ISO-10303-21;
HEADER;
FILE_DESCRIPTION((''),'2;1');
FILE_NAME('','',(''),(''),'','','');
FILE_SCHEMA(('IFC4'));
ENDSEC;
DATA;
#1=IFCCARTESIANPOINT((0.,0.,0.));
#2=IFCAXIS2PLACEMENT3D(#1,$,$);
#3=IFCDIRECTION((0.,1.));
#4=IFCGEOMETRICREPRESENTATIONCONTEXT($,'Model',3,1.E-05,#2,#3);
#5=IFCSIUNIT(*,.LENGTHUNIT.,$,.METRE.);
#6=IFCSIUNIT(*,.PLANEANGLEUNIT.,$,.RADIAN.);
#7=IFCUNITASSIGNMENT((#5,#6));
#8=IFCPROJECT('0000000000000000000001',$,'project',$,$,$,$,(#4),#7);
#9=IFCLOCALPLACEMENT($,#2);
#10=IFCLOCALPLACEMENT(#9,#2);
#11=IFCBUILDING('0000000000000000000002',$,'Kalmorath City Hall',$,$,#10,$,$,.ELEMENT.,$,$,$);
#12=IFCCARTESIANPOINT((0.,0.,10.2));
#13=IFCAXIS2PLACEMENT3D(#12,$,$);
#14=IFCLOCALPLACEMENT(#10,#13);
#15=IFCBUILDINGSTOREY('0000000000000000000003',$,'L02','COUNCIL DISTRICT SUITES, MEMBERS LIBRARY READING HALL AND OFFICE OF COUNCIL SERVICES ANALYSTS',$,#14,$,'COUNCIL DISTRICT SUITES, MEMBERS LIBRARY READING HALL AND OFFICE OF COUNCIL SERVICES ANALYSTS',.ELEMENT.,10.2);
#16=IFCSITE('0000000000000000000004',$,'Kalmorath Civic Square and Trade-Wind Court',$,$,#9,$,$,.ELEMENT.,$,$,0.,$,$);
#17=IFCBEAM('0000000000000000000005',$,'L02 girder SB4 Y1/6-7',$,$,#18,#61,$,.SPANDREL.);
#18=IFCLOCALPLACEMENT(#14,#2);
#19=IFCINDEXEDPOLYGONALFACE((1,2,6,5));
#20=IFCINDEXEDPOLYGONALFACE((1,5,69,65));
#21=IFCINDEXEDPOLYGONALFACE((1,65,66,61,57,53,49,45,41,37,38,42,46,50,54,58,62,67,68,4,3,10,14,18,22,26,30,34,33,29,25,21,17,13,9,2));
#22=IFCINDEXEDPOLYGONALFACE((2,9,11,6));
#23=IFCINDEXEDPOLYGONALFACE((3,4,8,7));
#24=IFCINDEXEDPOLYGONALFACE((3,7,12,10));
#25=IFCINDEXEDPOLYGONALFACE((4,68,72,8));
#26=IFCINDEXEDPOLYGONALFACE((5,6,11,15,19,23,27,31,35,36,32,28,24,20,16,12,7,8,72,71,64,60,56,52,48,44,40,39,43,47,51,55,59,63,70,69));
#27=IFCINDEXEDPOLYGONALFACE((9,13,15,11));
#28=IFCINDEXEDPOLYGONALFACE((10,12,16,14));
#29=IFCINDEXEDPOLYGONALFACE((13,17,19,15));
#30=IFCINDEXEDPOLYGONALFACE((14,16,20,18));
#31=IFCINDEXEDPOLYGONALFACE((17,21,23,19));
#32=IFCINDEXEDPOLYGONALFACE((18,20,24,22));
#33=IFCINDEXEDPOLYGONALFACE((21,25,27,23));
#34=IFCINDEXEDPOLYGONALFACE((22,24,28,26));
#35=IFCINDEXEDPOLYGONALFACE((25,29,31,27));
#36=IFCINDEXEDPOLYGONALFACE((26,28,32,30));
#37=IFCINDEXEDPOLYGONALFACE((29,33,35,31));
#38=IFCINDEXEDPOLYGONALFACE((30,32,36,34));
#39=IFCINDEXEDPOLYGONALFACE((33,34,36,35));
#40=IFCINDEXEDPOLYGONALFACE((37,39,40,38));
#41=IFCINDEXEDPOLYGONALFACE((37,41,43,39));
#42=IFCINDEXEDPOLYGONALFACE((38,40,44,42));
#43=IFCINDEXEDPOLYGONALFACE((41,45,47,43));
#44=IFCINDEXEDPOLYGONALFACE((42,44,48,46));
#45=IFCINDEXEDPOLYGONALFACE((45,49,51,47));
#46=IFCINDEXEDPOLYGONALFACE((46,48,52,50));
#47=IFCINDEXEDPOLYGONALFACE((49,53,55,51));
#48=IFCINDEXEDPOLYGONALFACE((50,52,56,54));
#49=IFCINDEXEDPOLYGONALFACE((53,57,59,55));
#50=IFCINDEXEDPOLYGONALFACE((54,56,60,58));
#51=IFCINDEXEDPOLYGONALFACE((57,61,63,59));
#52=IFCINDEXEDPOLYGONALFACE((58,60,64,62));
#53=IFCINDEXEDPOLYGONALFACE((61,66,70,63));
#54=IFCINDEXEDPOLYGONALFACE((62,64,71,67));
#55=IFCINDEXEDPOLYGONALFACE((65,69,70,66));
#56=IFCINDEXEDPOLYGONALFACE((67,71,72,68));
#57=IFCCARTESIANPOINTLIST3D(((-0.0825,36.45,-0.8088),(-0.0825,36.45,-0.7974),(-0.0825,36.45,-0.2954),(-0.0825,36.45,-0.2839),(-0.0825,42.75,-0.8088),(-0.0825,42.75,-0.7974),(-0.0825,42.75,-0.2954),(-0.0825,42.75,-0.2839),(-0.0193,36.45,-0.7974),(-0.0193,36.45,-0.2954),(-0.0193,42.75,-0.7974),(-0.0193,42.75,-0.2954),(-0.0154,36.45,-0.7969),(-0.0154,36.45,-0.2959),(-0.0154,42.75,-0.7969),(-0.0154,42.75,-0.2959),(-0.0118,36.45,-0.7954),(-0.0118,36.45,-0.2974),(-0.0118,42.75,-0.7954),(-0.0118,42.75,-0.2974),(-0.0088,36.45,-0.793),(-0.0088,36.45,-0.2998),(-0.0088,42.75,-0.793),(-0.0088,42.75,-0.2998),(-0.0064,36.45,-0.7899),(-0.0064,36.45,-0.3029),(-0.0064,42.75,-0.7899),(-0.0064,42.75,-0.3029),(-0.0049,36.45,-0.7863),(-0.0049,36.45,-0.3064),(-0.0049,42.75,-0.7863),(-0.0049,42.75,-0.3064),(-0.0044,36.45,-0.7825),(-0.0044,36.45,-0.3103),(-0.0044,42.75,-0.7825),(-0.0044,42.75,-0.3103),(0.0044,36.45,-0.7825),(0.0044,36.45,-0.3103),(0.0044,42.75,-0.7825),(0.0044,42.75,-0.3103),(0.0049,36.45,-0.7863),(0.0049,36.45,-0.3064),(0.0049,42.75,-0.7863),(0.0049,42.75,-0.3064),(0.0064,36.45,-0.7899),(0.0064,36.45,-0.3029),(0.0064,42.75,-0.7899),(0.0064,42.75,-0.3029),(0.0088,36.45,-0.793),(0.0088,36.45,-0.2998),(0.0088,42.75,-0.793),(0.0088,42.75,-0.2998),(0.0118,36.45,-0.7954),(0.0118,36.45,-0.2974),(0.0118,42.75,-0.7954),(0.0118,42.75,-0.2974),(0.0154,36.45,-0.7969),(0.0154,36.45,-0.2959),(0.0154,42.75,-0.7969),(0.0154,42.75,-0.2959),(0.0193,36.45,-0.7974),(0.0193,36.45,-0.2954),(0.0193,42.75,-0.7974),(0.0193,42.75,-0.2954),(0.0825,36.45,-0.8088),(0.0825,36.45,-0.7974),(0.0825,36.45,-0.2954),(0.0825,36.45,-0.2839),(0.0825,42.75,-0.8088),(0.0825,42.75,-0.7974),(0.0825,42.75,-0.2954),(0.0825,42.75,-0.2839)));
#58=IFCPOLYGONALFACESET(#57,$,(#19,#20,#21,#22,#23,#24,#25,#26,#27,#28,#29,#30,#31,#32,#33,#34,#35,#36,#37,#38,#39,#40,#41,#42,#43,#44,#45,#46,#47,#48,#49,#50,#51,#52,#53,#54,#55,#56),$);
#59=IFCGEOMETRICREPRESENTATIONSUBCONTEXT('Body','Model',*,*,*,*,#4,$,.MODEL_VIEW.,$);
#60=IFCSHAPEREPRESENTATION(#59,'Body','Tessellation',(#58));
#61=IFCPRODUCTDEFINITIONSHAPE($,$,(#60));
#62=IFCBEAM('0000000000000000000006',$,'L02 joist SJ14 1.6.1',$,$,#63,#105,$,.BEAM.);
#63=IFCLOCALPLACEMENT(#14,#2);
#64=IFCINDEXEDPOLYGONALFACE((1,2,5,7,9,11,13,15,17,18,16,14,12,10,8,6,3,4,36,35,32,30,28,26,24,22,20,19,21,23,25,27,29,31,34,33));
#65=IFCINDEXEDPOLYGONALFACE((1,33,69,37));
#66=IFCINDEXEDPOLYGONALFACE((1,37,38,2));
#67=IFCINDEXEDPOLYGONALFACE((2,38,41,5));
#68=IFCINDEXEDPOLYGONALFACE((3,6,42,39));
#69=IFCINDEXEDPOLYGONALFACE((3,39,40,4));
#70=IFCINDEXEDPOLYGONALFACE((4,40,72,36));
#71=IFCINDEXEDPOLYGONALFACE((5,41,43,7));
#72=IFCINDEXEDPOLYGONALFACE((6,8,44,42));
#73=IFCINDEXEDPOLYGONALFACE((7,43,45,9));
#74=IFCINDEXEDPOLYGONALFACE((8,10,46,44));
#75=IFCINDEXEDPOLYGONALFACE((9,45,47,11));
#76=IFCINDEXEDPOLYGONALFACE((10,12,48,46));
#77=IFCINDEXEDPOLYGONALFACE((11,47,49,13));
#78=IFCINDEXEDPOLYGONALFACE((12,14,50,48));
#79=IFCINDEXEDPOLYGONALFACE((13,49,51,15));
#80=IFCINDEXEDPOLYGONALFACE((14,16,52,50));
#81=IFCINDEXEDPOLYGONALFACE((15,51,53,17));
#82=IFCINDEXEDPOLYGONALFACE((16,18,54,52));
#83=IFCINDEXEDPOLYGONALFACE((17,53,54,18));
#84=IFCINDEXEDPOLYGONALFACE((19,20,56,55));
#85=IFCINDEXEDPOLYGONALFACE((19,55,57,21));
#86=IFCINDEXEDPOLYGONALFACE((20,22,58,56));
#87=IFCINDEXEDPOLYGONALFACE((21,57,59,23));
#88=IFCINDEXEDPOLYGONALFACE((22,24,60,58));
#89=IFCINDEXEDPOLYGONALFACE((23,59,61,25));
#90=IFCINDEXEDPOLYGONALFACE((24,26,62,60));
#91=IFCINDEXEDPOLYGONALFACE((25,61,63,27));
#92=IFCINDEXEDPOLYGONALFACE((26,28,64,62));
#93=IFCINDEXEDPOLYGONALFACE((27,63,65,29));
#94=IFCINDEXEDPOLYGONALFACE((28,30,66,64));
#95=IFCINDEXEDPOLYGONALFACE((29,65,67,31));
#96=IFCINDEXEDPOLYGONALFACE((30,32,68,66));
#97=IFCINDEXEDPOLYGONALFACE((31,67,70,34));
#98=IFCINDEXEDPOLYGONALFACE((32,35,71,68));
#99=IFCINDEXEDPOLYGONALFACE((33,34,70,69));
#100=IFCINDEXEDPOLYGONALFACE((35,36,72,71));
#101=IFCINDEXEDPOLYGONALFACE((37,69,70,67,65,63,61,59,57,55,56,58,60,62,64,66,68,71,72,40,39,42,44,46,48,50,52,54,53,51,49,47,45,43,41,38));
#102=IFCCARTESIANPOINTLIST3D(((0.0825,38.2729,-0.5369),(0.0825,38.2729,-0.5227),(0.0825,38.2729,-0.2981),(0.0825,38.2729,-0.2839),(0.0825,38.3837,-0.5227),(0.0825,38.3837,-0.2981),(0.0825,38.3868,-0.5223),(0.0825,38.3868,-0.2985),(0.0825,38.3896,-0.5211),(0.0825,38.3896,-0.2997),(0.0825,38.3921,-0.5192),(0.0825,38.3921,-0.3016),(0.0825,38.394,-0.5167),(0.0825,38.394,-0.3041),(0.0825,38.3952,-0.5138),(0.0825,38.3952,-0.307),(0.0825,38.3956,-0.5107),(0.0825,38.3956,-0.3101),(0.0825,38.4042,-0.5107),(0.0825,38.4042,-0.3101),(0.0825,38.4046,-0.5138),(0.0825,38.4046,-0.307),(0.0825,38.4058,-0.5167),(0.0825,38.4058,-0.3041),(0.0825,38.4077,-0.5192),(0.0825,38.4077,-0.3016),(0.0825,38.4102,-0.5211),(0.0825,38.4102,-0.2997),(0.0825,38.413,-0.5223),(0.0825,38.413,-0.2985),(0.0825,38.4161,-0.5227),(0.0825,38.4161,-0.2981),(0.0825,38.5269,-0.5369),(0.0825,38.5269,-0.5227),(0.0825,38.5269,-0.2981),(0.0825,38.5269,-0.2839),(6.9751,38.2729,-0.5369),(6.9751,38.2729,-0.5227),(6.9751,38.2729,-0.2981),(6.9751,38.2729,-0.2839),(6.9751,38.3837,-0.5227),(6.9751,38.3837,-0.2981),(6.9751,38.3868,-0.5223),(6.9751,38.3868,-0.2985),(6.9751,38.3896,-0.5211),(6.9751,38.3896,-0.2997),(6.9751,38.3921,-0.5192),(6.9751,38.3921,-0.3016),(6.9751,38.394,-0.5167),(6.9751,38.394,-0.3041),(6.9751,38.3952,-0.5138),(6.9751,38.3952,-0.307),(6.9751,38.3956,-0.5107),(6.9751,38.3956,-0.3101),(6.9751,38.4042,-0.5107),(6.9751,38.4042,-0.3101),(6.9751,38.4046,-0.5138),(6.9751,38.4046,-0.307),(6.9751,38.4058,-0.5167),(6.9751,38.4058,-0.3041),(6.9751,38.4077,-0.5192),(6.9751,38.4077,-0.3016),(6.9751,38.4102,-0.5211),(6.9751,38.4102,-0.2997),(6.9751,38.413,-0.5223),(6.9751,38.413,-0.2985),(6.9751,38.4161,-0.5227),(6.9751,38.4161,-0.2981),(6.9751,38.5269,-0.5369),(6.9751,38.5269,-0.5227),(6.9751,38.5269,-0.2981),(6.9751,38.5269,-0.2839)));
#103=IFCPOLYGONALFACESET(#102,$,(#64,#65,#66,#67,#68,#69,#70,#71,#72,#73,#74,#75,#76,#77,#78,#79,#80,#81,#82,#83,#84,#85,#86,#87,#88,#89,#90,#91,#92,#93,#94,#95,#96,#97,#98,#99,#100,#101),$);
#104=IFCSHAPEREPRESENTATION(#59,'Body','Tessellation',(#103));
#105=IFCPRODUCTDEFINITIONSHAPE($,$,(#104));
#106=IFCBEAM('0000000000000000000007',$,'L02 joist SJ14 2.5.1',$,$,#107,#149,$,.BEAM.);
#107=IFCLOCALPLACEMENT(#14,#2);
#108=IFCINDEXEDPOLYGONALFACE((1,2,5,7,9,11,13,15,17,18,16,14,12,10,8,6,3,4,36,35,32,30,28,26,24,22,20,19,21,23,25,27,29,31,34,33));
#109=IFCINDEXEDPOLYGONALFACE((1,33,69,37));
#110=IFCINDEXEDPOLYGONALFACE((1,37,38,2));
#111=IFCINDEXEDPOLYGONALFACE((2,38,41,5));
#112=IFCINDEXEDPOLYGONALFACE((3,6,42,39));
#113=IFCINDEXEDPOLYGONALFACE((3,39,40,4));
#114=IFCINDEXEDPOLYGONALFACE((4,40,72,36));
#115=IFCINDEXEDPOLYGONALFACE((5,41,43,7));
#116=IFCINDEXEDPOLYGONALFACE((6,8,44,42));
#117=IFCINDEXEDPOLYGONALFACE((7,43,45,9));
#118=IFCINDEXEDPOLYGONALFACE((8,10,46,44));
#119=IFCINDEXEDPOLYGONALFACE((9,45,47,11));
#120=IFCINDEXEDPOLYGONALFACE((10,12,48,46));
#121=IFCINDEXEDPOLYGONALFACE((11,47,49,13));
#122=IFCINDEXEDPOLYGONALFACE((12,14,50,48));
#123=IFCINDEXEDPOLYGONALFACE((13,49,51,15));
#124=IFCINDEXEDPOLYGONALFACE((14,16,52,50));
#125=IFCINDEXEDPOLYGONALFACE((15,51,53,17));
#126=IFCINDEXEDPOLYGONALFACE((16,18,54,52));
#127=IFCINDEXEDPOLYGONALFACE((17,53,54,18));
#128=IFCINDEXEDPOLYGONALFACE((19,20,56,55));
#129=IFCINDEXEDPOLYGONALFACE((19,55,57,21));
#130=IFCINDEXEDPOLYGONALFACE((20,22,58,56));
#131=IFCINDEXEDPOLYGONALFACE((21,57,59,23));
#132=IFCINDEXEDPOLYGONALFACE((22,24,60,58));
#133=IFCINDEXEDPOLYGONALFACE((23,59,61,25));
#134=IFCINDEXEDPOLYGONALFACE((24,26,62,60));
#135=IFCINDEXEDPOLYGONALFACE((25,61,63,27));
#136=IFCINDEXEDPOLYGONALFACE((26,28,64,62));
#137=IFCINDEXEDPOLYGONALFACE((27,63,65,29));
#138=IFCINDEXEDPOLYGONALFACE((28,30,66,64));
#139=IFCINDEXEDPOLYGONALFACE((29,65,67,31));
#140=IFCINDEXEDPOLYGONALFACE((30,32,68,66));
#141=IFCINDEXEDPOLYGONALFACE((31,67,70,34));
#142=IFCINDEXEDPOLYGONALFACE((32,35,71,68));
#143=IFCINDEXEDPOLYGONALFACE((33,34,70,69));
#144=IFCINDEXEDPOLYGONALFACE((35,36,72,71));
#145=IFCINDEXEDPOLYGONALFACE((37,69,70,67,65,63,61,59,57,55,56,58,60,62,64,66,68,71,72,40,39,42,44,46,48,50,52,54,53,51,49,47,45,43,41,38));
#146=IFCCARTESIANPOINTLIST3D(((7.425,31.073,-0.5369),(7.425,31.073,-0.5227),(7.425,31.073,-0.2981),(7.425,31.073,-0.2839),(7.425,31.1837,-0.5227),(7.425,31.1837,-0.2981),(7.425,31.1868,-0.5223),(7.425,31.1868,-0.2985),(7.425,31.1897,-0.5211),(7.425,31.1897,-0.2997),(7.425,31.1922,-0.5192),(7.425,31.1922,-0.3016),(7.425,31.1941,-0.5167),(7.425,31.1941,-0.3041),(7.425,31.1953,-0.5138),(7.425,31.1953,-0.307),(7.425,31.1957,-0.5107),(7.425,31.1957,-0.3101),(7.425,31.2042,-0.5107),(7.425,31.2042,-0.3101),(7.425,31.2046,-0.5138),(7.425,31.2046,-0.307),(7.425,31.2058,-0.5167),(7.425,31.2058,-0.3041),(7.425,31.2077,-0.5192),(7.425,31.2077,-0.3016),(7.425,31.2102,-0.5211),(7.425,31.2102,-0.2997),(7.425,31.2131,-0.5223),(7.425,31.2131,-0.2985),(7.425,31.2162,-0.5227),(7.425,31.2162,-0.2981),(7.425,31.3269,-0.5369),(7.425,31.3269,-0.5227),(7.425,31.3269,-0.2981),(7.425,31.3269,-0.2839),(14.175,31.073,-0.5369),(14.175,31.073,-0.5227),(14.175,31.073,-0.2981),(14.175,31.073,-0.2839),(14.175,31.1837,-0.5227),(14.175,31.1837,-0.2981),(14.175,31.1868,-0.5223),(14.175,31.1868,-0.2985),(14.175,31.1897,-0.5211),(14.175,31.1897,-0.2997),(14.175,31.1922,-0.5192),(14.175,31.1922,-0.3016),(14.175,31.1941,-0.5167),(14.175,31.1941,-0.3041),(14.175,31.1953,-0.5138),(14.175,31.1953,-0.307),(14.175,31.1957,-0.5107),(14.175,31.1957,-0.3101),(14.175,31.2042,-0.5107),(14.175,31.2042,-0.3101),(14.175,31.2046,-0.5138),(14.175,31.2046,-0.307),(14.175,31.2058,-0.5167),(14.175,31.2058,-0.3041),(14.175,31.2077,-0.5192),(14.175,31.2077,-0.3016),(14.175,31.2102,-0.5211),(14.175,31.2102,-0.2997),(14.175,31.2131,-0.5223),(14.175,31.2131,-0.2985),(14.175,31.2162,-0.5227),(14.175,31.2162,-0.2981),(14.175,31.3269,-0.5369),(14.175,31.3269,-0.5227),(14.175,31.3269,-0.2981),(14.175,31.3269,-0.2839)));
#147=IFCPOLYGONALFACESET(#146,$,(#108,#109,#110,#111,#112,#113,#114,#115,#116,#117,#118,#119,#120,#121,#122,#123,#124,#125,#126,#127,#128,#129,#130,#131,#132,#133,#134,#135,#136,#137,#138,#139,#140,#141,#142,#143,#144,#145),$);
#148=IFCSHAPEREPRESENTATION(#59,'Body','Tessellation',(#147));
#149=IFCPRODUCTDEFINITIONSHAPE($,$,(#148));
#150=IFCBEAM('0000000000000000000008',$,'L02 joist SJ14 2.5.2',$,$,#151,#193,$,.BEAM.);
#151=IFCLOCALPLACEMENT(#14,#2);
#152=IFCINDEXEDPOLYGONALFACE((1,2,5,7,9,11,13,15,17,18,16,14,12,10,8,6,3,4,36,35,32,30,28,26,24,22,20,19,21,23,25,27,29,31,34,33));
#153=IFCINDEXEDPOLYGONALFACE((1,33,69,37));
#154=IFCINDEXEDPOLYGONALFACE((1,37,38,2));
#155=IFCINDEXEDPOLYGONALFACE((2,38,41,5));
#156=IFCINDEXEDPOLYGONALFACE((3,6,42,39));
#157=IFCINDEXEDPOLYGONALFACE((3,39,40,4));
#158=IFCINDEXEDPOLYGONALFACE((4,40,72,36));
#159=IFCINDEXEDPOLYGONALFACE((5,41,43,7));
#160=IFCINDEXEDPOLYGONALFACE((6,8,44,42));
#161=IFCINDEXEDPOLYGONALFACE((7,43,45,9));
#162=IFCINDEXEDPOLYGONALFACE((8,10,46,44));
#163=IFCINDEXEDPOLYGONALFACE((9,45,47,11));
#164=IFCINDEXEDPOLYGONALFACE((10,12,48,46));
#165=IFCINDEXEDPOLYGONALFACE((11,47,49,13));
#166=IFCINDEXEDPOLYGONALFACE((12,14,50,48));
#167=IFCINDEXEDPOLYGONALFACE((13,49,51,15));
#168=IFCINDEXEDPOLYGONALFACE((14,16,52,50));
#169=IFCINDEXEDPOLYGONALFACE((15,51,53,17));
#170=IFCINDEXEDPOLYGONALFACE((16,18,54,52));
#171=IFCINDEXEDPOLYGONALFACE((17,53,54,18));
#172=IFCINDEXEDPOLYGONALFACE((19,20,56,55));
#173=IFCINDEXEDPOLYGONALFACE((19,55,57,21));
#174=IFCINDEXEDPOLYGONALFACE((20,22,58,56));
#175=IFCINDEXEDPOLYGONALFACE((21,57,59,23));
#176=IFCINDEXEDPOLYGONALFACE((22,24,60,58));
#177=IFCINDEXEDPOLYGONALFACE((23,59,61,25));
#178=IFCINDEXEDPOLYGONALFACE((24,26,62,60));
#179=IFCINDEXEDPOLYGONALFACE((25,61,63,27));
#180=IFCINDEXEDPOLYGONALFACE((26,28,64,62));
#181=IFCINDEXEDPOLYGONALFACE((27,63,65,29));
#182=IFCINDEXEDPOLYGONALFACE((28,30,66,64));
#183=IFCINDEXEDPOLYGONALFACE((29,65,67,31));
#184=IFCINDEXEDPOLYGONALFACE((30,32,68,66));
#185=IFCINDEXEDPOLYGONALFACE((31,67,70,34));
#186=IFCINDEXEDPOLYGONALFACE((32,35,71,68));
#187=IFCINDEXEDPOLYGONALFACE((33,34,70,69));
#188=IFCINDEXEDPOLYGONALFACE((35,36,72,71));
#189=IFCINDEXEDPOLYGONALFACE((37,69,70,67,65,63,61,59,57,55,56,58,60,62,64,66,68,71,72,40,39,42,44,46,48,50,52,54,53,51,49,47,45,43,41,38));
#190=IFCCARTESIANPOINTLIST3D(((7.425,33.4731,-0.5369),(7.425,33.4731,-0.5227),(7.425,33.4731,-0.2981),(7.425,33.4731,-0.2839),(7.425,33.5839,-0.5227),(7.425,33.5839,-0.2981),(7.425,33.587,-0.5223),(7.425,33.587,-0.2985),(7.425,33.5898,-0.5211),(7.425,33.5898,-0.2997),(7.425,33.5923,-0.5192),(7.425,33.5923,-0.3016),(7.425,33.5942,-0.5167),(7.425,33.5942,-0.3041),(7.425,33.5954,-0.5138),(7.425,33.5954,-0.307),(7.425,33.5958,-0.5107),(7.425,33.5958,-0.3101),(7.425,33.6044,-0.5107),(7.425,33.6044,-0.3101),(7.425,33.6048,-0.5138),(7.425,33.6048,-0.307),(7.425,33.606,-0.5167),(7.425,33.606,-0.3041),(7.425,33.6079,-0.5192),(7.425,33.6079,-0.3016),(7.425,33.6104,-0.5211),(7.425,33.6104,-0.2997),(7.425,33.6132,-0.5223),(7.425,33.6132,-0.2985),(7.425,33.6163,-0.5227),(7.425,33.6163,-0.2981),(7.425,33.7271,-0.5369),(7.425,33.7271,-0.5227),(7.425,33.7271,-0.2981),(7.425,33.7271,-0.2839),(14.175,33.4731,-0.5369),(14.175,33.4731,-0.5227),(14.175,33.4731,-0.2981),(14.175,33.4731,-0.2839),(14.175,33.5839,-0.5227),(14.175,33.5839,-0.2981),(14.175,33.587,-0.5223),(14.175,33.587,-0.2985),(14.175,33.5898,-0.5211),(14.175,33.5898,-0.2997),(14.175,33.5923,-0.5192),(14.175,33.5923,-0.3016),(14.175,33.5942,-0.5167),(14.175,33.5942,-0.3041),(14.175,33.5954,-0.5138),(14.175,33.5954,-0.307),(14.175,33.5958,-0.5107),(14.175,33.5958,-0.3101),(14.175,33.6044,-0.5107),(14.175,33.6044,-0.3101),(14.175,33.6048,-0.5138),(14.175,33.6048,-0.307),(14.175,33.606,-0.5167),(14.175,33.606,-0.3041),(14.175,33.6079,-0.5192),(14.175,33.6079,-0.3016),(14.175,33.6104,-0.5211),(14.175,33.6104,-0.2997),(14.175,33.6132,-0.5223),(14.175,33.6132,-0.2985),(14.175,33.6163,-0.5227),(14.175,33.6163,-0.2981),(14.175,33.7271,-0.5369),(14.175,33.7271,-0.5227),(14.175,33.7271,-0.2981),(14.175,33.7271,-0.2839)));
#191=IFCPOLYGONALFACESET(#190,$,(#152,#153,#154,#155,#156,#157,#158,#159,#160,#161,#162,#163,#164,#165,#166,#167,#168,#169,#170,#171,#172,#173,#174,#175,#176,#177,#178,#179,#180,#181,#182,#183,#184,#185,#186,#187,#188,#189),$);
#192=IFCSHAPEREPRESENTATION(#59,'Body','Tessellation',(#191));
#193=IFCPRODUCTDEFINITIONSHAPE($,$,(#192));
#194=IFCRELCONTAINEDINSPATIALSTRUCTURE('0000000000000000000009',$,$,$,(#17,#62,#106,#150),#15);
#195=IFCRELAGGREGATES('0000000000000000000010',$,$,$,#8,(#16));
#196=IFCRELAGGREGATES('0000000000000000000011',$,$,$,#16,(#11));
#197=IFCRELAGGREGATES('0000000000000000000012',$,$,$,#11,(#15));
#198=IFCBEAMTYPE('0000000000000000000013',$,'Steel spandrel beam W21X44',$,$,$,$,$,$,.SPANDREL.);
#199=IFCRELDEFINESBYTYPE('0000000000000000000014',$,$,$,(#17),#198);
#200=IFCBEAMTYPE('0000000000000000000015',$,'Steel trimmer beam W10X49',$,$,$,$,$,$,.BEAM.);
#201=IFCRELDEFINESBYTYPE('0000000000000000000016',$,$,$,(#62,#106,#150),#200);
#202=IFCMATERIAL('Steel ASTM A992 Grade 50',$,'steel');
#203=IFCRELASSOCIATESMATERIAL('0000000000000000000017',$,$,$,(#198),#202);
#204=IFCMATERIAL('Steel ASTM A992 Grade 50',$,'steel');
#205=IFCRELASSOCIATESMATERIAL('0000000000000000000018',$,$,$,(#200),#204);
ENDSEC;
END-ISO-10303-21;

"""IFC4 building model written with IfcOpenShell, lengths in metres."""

from ifc_helpers import new_model, si_unit, direction, frame, origin, origin_2d, place, context, subcontext, project, spatial, i_section, extrude, material, material_profile, profile_set, type_object, element, save


model = new_model("IFC4")

# Units and contexts
model_context = context("Model", 3, precision=1e-05, world=origin(), true_north=direction((0.0, 1.0)))
body_context = subcontext(model_context, "Body", "Model", "MODEL_VIEW")
ifc_project = project(units=[si_unit("LENGTHUNIT", "METRE"), si_unit("PLANEANGLEUNIT", "RADIAN")], contexts=[model_context])

# Site, building, storey
site_placement = place(None, origin())
site = spatial("IfcSite", under=ifc_project, at=site_placement, Name="Kalmorath Civic Square and Trade-Wind Court", CompositionType="ELEMENT", RefElevation=0.0)
building_placement = place(site_placement, origin())
building = spatial("IfcBuilding", under=site, at=building_placement, Name="Kalmorath City Hall", CompositionType="ELEMENT")
storey_placement = place(building_placement, frame((0.0, 0.0, 10.2)))
storey = spatial("IfcBuildingStorey", under=building, at=storey_placement, Name="L02", Description="COUNCIL DISTRICT SUITES, MEMBERS LIBRARY READING HALL AND OFFICE OF COUNCIL SERVICES ANALYSTS", LongName="COUNCIL DISTRICT SUITES, MEMBERS LIBRARY READING HALL AND OFFICE OF COUNCIL SERVICES ANALYSTS", CompositionType="ELEMENT", Elevation=10.2)

# Beams
ifc_material_1 = material(Name="Steel ASTM A992 Grade 50", Category="steel")
ifc_material_profile_1 = material_profile(ifc_material_1, i_section(OverallWidth=0.165, OverallDepth=0.5249, WebThickness=0.0088, FlangeThickness=0.0115, FilletRadius=0.0149, at=origin_2d()), Name="W21X44")
ifc_profile_set_1 = profile_set([ifc_material_profile_1], Name="Steel ASTM A992 Grade 50")
beam_type_1 = type_object("IfcBeamType", Name="Steel spandrel beam W21X44", PredefinedType="SPANDREL", material=ifc_profile_set_1)
beam_1_placement = place(storey_placement, frame((0.0, 36.45, -0.5464), z_axis=(0.0, 1.0, 0.0), x_axis=(-1.0, 0.0, 0.0)))
element("IfcBeam", 1, at=beam_1_placement, inside=storey, type_object=beam_type_1, Name="L02 girder SB4 Y1/6-7", PredefinedType="SPANDREL", context=body_context, shape_type="SweptSolid", body=[
    extrude(i_section(OverallWidth=0.165, OverallDepth=0.5249, WebThickness=0.0088, FlangeThickness=0.0115, FilletRadius=0.0149, at=origin_2d()), origin(), (0.0, 0.0, 1.0), 6.3),
])
ifc_material_2 = material(Name="Steel ASTM A992 Grade 50", Category="steel")
ifc_material_profile_2 = material_profile(ifc_material_2, i_section(OverallWidth=0.2539, OverallDepth=0.2529, WebThickness=0.0085, FlangeThickness=0.0142, FilletRadius=0.012, at=origin_2d()), Name="W10X49")
ifc_profile_set_2 = profile_set([ifc_material_profile_2], Name="Steel ASTM A992 Grade 50")
beam_type_2 = type_object("IfcBeamType", Name="Steel trimmer beam W10X49", PredefinedType="BEAM", material=ifc_profile_set_2)
beam_2_placement = place(storey_placement, frame((0.0825, 38.3999, -0.4104), z_axis=(1.0, 0.0, 0.0), x_axis=(0.0, 1.0, 0.0)))
element("IfcBeam", 2, at=beam_2_placement, inside=storey, type_object=beam_type_2, Name="L02 joist SJ14 1.6.1", PredefinedType="BEAM", context=body_context, shape_type="SweptSolid", body=[
    extrude(i_section(OverallWidth=0.2539, OverallDepth=0.2529, WebThickness=0.0085, FlangeThickness=0.0142, FilletRadius=0.012, at=origin_2d()), origin(), (0.0, 0.0, 1.0), 6.8926),
])
for number, where, z_axis, x_axis, name in (
    (3, (7.425, 31.2, -0.4104), (1.0, 0.0, 0.0), (0.0, 1.0, 0.0), "L02 joist SJ14 2.5.1"),
    (4, (7.425, 33.6001, -0.4104), (1.0, 0.0, 0.0), (0.0, 1.0, 0.0), "L02 joist SJ14 2.5.2"),
):
    element("IfcBeam", number, at=place(storey_placement, frame(where, z_axis=z_axis, x_axis=x_axis)), inside=storey, type_object=beam_type_2, Name=name, PredefinedType="BEAM", context=body_context, shape_type="SweptSolid", body=[
        extrude(i_section(OverallWidth=0.2539, OverallDepth=0.2529, WebThickness=0.0085, FlangeThickness=0.0142, FilletRadius=0.012, at=origin_2d()), origin(), (0.0, 0.0, 1.0), 6.75),
    ])

save(model, "model.ifc")
